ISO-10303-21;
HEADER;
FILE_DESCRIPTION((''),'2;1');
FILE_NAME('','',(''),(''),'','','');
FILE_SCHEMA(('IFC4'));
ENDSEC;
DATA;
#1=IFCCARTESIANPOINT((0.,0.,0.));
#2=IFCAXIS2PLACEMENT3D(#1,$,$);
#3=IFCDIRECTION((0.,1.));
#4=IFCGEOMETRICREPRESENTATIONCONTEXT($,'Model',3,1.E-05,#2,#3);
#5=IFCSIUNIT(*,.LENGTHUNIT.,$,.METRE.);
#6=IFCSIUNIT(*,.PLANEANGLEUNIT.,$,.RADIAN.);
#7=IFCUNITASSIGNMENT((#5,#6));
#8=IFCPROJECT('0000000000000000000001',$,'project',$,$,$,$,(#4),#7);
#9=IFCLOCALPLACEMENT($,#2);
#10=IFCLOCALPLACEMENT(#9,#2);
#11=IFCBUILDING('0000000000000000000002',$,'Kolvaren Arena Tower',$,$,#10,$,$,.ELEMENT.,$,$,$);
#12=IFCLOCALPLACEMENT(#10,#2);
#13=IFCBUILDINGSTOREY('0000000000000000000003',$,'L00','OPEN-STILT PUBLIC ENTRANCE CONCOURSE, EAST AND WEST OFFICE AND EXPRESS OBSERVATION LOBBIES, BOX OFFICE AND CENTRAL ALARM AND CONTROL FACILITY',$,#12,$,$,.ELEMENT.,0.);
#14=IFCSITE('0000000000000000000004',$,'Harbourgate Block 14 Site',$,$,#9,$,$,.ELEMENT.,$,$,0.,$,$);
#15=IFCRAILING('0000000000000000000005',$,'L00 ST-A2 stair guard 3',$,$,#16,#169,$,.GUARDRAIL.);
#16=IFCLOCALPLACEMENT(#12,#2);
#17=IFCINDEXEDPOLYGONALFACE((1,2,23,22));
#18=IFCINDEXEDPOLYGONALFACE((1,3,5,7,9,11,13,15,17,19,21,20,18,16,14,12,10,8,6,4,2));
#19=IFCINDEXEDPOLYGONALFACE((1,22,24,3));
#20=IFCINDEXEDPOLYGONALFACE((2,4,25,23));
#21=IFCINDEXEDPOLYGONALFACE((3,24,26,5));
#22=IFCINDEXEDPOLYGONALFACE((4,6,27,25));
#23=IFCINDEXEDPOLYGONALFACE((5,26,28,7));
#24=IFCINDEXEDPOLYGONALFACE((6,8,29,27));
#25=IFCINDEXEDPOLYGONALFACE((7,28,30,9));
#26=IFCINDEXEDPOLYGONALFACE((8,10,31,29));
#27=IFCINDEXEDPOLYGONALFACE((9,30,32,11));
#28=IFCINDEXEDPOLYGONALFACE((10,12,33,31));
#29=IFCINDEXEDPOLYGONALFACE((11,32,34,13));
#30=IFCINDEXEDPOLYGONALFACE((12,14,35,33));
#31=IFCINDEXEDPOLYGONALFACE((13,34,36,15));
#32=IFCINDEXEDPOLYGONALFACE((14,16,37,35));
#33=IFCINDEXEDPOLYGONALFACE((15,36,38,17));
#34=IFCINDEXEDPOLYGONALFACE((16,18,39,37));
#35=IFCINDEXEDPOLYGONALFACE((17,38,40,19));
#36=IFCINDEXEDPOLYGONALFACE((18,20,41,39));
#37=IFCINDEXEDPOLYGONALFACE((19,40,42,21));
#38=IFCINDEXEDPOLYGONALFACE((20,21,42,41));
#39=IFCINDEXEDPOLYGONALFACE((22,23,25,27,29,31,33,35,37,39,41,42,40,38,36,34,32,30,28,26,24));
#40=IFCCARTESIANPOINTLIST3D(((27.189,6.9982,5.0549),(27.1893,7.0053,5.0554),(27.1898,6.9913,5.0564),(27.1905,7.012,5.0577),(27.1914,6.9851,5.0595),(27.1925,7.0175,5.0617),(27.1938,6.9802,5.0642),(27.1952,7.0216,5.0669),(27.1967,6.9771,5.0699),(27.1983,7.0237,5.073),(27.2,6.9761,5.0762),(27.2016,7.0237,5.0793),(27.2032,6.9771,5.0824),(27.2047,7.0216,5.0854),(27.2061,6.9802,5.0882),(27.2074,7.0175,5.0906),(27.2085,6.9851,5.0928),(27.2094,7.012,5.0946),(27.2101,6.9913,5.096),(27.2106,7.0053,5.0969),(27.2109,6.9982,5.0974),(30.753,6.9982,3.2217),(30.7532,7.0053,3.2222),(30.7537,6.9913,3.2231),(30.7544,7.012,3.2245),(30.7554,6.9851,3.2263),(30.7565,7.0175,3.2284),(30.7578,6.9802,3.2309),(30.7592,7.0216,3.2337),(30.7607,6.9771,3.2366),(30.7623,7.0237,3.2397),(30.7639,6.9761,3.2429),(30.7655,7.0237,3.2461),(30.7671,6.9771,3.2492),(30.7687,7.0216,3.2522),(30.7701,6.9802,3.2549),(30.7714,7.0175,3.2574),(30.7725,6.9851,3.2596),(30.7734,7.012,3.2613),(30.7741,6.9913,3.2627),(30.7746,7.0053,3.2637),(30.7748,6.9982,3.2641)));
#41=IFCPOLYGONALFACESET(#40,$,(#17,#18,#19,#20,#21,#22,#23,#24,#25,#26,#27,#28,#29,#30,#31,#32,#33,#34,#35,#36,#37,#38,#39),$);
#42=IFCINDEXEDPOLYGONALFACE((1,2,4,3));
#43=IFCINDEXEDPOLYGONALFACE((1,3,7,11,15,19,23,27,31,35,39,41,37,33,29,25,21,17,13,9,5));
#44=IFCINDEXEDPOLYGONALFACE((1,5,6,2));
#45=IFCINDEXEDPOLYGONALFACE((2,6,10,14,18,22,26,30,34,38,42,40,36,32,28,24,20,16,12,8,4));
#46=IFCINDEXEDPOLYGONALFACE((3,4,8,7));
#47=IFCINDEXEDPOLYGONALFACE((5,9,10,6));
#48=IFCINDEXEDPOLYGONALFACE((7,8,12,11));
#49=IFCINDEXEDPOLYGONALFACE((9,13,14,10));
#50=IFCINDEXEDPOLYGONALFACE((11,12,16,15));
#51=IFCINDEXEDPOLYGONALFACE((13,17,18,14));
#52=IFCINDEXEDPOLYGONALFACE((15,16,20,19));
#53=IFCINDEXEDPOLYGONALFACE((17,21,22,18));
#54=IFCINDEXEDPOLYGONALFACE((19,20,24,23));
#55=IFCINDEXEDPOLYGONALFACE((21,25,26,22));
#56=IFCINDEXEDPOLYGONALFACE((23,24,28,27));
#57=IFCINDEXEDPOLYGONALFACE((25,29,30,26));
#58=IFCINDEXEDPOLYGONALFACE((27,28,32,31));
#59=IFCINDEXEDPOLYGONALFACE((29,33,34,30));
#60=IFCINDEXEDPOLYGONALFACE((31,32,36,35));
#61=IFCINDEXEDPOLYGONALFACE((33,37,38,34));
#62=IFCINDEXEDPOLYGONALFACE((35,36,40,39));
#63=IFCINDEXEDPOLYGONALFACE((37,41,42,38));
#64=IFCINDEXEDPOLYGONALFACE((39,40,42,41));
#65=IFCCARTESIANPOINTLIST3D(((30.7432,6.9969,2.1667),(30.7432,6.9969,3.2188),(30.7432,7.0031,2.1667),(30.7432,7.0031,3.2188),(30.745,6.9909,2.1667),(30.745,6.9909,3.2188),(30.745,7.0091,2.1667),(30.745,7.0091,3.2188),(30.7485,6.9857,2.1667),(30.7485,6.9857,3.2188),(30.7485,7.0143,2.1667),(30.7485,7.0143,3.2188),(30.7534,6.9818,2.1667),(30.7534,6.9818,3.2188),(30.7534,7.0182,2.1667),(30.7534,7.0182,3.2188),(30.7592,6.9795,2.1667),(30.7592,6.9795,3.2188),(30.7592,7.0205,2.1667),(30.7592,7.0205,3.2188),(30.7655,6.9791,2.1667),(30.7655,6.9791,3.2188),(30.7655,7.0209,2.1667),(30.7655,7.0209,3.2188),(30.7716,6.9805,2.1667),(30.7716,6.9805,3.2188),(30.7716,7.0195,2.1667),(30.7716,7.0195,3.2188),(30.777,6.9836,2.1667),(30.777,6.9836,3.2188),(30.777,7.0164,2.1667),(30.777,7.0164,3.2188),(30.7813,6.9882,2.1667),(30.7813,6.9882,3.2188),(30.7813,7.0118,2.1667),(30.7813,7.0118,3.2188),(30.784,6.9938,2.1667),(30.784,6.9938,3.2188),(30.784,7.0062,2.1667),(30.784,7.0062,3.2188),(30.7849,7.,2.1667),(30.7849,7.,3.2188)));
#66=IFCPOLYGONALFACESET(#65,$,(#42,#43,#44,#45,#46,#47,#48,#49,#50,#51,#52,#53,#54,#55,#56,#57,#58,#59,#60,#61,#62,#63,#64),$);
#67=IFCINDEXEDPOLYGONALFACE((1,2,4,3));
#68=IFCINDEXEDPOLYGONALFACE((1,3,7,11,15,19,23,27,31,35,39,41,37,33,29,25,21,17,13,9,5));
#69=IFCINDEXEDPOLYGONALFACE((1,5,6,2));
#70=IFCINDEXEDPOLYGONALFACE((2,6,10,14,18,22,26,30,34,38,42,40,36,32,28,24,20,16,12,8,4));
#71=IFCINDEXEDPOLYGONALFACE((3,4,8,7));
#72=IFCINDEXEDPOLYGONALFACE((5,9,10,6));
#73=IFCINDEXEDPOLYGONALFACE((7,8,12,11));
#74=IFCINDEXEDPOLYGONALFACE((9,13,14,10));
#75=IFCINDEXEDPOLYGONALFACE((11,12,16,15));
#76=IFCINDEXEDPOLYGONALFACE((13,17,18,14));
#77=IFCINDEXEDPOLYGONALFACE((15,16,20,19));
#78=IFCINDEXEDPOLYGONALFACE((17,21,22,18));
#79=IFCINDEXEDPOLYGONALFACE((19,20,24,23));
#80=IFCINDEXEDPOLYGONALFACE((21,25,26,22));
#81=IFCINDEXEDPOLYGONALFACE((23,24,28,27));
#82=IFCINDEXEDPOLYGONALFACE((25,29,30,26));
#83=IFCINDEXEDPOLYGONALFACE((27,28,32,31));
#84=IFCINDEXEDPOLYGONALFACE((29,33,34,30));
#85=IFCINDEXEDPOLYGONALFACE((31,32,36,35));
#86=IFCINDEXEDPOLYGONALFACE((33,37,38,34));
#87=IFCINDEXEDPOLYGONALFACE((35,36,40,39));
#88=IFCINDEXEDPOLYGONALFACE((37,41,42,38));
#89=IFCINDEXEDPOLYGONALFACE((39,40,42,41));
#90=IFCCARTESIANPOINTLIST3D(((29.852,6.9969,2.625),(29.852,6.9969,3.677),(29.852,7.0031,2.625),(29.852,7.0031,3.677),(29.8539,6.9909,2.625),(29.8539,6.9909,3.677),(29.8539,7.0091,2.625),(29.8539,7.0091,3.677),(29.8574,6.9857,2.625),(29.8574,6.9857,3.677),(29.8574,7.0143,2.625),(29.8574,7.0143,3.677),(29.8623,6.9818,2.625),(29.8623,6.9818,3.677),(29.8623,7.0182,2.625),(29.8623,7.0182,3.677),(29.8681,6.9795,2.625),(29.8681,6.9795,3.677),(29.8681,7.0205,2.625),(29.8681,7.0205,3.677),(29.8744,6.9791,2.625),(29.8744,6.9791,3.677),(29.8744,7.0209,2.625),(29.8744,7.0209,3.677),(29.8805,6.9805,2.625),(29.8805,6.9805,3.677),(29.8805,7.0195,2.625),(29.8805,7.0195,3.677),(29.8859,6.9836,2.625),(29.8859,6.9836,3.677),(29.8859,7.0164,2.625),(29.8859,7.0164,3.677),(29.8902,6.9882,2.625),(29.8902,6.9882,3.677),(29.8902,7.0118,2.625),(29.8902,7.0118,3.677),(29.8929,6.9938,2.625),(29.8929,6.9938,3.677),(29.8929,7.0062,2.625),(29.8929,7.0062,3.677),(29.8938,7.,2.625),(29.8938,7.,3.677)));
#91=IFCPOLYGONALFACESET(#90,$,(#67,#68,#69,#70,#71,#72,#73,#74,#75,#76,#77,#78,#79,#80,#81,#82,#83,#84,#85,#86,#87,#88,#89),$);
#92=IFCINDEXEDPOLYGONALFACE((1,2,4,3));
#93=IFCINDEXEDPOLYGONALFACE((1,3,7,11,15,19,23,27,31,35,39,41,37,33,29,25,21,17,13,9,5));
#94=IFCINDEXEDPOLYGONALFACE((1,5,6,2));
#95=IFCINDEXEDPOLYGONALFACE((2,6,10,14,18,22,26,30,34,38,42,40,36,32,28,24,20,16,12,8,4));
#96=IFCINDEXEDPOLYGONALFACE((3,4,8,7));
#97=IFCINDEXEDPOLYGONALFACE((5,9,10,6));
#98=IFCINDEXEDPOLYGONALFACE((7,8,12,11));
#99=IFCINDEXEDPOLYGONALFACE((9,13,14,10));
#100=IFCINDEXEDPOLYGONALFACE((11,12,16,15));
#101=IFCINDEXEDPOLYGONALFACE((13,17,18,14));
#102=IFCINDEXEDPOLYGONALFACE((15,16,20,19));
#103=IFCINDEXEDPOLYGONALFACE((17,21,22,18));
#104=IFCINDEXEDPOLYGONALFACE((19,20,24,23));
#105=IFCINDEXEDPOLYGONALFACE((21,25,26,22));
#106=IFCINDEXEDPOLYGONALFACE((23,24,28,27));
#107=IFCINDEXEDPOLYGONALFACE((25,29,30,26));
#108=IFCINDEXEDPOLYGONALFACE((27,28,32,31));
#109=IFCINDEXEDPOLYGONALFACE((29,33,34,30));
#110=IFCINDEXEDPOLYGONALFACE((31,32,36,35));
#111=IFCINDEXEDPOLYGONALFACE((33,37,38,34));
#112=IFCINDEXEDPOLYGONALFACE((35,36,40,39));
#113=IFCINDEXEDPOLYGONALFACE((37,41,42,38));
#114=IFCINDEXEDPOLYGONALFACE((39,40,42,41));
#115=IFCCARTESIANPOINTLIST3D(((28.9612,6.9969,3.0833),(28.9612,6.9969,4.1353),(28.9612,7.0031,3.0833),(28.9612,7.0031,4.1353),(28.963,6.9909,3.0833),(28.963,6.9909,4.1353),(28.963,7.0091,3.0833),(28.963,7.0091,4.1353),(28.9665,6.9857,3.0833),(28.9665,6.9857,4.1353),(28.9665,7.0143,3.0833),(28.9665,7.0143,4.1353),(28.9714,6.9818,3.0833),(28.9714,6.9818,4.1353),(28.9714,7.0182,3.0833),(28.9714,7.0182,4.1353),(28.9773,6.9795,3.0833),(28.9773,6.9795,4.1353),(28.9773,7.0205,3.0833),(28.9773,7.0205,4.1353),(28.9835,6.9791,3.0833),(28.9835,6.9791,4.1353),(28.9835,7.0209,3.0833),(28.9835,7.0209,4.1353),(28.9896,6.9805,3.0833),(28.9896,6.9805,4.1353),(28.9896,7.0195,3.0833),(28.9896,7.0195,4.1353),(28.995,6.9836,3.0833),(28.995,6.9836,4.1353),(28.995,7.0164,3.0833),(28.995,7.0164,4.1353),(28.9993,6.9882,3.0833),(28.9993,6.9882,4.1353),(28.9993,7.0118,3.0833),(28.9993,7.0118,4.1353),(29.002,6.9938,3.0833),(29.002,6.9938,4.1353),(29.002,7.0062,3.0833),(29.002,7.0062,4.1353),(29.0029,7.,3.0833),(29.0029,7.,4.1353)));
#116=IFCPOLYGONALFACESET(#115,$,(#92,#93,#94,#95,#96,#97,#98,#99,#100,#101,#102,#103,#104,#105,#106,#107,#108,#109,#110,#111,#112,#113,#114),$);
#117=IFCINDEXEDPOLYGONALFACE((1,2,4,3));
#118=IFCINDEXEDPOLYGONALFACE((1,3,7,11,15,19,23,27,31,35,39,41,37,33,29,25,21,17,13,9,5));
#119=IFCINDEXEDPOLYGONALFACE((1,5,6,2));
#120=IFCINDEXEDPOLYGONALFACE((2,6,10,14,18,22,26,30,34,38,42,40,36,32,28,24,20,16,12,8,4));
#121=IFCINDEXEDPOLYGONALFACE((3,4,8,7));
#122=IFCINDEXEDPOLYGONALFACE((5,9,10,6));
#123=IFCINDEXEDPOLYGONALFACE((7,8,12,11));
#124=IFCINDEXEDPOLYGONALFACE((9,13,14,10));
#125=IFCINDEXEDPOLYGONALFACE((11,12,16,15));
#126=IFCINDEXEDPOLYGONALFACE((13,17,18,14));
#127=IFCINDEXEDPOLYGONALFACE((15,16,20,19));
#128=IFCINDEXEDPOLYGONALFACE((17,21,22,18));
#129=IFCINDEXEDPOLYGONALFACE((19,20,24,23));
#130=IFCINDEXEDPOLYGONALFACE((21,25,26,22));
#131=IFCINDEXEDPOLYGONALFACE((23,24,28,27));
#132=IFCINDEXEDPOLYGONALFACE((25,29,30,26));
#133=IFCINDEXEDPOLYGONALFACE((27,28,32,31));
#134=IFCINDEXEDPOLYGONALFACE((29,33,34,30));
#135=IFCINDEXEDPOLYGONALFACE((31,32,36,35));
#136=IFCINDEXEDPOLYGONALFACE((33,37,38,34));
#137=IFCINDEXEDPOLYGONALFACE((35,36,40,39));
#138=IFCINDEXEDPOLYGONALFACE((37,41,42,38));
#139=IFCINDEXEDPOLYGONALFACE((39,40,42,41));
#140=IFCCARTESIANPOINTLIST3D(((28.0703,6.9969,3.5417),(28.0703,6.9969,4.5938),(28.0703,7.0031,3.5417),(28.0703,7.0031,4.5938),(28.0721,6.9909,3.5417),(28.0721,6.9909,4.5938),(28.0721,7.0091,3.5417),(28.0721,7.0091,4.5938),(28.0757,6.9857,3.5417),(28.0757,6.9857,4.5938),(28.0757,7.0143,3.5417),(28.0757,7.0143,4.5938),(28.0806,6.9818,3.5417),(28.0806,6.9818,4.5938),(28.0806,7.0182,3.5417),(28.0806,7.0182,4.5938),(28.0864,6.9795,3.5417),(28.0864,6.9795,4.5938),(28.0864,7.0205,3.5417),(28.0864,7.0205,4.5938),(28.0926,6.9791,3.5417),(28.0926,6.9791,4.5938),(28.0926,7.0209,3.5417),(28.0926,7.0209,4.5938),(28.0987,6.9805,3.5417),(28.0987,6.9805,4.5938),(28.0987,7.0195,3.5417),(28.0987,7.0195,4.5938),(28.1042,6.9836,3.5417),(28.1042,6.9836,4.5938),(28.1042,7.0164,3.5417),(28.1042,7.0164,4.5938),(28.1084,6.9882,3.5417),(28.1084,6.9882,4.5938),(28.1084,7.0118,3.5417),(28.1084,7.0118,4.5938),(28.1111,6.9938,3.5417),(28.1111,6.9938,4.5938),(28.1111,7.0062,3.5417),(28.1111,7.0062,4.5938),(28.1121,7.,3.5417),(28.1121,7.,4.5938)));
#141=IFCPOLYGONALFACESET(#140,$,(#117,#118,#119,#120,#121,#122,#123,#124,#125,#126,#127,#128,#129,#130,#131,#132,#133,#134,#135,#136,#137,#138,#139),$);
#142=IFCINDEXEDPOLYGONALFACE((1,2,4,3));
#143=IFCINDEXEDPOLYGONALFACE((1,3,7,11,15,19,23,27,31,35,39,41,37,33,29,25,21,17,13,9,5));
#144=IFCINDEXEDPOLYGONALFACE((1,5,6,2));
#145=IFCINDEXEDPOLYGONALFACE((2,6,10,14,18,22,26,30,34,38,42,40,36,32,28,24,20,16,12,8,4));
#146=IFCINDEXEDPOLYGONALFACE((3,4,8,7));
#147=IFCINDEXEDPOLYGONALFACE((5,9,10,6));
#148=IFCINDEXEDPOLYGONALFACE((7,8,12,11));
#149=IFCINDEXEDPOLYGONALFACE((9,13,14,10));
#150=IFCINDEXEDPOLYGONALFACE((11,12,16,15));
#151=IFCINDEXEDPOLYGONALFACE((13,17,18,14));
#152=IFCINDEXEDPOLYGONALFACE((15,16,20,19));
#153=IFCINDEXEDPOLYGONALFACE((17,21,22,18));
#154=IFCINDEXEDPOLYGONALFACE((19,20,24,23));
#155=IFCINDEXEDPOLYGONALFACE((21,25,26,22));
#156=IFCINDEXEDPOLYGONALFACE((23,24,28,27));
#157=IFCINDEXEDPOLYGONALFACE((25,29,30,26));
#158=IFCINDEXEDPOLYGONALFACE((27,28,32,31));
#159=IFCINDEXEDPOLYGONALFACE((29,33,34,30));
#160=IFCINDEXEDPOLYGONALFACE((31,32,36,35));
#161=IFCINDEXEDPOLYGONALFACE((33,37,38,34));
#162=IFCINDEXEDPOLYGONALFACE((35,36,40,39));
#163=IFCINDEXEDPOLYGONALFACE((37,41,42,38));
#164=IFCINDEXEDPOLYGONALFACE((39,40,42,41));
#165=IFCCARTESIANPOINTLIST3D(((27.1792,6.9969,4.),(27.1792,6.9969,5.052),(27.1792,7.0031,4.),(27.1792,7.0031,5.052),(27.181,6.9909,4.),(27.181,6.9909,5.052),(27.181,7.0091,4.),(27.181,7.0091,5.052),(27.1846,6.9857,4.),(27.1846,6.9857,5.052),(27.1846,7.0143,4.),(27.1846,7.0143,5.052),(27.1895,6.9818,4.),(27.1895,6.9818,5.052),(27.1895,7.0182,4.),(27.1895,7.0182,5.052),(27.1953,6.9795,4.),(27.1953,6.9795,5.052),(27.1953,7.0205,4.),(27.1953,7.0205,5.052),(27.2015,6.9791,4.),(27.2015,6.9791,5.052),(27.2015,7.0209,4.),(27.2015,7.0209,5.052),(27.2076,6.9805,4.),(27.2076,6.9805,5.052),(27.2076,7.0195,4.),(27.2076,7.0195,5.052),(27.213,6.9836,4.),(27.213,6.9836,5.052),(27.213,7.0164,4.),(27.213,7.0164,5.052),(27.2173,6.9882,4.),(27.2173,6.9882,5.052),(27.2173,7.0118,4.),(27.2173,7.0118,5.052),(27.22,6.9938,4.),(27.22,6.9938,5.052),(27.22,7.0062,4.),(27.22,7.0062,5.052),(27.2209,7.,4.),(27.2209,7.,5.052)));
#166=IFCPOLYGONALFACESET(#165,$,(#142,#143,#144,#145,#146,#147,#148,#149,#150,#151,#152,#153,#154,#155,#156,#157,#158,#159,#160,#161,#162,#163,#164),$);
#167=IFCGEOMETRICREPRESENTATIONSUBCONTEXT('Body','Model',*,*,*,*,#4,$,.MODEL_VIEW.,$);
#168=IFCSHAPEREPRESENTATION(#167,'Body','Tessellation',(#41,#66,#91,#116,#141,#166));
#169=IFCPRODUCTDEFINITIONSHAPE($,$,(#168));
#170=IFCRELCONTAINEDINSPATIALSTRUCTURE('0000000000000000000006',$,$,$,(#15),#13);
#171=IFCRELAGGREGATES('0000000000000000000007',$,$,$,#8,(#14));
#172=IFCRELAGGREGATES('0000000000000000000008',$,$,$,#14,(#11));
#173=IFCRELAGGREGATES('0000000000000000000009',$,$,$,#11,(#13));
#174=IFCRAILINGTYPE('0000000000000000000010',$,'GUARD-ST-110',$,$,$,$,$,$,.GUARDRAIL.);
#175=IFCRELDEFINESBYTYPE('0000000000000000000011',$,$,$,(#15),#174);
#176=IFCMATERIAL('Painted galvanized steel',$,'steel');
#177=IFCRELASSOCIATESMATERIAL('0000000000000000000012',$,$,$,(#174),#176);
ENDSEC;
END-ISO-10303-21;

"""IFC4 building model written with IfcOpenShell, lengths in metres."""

from ifc_helpers import new_model, si_unit, direction, frame, origin, origin_2d, place, context, subcontext, project, spatial, circle, extrude, material, type_object, element, save


model = new_model("IFC4")

# Units and contexts
model_context = context("Model", 3, precision=1e-05, world=origin(), true_north=direction((0.0, 1.0)))
body_context = subcontext(model_context, "Body", "Model", "MODEL_VIEW")
ifc_project = project(units=[si_unit("LENGTHUNIT", "METRE"), si_unit("PLANEANGLEUNIT", "RADIAN")], contexts=[model_context])

# Site, building, storey
site_placement = place(None, origin())
site = spatial("IfcSite", under=ifc_project, at=site_placement, Name="Harbourgate Block 14 Site", CompositionType="ELEMENT", RefElevation=0.0)
building_placement = place(site_placement, origin())
building = spatial("IfcBuilding", under=site, at=building_placement, Name="Kolvaren Arena Tower", CompositionType="ELEMENT")
storey_placement = place(building_placement, origin())
storey = spatial("IfcBuildingStorey", under=building, at=storey_placement, Name="L00", Description="OPEN-STILT PUBLIC ENTRANCE CONCOURSE, EAST AND WEST OFFICE AND EXPRESS OBSERVATION LOBBIES, BOX OFFICE AND CENTRAL ALARM AND CONTROL FACILITY", CompositionType="ELEMENT", Elevation=0.0)

# Railing
ifc_material_1 = material(Name="Painted galvanized steel", Category="steel")
railing_type_1 = type_object("IfcRailingType", Name="GUARD-ST-110", PredefinedType="GUARDRAIL", material=ifc_material_1)
railing_1_placement = place(storey_placement, frame((30.7639, 7.0, 2.1667)))
element("IfcRailing", 1, at=railing_1_placement, inside=storey, type_object=railing_type_1, Name="L00 ST-A2 stair guard 3", PredefinedType="GUARDRAIL", context=body_context, shape_type="SweptSolid", body=[
    extrude(circle(Radius=0.0239, at=origin_2d()), frame((0.0, 0.0, 1.0762), z_axis=(-0.889252, 0.0, 0.457418), x_axis=(0.0, -1.0, 0.0)), (0.0, 0.0, 1.0), 4.0078),
    extrude(circle(Radius=0.021, at=origin_2d()), origin(), (0.0, 0.0, 1.0), 1.052),
    extrude(circle(Radius=0.021, at=origin_2d()), frame((-0.8911, 0.0, 0.4583)), (0.0, 0.0, 1.0), 1.052),
    extrude(circle(Radius=0.021, at=origin_2d()), frame((-1.782, 0.0, 0.9165)), (0.0, 0.0, 1.0), 1.052),
    extrude(circle(Radius=0.021, at=origin_2d()), frame((-2.6729, 0.0, 1.375)), (0.0, 0.0, 1.0), 1.052),
    extrude(circle(Radius=0.021, at=origin_2d()), frame((-3.564, 0.0, 1.8333)), (0.0, 0.0, 1.0), 1.052),
])

save(model, "model.ifc")
